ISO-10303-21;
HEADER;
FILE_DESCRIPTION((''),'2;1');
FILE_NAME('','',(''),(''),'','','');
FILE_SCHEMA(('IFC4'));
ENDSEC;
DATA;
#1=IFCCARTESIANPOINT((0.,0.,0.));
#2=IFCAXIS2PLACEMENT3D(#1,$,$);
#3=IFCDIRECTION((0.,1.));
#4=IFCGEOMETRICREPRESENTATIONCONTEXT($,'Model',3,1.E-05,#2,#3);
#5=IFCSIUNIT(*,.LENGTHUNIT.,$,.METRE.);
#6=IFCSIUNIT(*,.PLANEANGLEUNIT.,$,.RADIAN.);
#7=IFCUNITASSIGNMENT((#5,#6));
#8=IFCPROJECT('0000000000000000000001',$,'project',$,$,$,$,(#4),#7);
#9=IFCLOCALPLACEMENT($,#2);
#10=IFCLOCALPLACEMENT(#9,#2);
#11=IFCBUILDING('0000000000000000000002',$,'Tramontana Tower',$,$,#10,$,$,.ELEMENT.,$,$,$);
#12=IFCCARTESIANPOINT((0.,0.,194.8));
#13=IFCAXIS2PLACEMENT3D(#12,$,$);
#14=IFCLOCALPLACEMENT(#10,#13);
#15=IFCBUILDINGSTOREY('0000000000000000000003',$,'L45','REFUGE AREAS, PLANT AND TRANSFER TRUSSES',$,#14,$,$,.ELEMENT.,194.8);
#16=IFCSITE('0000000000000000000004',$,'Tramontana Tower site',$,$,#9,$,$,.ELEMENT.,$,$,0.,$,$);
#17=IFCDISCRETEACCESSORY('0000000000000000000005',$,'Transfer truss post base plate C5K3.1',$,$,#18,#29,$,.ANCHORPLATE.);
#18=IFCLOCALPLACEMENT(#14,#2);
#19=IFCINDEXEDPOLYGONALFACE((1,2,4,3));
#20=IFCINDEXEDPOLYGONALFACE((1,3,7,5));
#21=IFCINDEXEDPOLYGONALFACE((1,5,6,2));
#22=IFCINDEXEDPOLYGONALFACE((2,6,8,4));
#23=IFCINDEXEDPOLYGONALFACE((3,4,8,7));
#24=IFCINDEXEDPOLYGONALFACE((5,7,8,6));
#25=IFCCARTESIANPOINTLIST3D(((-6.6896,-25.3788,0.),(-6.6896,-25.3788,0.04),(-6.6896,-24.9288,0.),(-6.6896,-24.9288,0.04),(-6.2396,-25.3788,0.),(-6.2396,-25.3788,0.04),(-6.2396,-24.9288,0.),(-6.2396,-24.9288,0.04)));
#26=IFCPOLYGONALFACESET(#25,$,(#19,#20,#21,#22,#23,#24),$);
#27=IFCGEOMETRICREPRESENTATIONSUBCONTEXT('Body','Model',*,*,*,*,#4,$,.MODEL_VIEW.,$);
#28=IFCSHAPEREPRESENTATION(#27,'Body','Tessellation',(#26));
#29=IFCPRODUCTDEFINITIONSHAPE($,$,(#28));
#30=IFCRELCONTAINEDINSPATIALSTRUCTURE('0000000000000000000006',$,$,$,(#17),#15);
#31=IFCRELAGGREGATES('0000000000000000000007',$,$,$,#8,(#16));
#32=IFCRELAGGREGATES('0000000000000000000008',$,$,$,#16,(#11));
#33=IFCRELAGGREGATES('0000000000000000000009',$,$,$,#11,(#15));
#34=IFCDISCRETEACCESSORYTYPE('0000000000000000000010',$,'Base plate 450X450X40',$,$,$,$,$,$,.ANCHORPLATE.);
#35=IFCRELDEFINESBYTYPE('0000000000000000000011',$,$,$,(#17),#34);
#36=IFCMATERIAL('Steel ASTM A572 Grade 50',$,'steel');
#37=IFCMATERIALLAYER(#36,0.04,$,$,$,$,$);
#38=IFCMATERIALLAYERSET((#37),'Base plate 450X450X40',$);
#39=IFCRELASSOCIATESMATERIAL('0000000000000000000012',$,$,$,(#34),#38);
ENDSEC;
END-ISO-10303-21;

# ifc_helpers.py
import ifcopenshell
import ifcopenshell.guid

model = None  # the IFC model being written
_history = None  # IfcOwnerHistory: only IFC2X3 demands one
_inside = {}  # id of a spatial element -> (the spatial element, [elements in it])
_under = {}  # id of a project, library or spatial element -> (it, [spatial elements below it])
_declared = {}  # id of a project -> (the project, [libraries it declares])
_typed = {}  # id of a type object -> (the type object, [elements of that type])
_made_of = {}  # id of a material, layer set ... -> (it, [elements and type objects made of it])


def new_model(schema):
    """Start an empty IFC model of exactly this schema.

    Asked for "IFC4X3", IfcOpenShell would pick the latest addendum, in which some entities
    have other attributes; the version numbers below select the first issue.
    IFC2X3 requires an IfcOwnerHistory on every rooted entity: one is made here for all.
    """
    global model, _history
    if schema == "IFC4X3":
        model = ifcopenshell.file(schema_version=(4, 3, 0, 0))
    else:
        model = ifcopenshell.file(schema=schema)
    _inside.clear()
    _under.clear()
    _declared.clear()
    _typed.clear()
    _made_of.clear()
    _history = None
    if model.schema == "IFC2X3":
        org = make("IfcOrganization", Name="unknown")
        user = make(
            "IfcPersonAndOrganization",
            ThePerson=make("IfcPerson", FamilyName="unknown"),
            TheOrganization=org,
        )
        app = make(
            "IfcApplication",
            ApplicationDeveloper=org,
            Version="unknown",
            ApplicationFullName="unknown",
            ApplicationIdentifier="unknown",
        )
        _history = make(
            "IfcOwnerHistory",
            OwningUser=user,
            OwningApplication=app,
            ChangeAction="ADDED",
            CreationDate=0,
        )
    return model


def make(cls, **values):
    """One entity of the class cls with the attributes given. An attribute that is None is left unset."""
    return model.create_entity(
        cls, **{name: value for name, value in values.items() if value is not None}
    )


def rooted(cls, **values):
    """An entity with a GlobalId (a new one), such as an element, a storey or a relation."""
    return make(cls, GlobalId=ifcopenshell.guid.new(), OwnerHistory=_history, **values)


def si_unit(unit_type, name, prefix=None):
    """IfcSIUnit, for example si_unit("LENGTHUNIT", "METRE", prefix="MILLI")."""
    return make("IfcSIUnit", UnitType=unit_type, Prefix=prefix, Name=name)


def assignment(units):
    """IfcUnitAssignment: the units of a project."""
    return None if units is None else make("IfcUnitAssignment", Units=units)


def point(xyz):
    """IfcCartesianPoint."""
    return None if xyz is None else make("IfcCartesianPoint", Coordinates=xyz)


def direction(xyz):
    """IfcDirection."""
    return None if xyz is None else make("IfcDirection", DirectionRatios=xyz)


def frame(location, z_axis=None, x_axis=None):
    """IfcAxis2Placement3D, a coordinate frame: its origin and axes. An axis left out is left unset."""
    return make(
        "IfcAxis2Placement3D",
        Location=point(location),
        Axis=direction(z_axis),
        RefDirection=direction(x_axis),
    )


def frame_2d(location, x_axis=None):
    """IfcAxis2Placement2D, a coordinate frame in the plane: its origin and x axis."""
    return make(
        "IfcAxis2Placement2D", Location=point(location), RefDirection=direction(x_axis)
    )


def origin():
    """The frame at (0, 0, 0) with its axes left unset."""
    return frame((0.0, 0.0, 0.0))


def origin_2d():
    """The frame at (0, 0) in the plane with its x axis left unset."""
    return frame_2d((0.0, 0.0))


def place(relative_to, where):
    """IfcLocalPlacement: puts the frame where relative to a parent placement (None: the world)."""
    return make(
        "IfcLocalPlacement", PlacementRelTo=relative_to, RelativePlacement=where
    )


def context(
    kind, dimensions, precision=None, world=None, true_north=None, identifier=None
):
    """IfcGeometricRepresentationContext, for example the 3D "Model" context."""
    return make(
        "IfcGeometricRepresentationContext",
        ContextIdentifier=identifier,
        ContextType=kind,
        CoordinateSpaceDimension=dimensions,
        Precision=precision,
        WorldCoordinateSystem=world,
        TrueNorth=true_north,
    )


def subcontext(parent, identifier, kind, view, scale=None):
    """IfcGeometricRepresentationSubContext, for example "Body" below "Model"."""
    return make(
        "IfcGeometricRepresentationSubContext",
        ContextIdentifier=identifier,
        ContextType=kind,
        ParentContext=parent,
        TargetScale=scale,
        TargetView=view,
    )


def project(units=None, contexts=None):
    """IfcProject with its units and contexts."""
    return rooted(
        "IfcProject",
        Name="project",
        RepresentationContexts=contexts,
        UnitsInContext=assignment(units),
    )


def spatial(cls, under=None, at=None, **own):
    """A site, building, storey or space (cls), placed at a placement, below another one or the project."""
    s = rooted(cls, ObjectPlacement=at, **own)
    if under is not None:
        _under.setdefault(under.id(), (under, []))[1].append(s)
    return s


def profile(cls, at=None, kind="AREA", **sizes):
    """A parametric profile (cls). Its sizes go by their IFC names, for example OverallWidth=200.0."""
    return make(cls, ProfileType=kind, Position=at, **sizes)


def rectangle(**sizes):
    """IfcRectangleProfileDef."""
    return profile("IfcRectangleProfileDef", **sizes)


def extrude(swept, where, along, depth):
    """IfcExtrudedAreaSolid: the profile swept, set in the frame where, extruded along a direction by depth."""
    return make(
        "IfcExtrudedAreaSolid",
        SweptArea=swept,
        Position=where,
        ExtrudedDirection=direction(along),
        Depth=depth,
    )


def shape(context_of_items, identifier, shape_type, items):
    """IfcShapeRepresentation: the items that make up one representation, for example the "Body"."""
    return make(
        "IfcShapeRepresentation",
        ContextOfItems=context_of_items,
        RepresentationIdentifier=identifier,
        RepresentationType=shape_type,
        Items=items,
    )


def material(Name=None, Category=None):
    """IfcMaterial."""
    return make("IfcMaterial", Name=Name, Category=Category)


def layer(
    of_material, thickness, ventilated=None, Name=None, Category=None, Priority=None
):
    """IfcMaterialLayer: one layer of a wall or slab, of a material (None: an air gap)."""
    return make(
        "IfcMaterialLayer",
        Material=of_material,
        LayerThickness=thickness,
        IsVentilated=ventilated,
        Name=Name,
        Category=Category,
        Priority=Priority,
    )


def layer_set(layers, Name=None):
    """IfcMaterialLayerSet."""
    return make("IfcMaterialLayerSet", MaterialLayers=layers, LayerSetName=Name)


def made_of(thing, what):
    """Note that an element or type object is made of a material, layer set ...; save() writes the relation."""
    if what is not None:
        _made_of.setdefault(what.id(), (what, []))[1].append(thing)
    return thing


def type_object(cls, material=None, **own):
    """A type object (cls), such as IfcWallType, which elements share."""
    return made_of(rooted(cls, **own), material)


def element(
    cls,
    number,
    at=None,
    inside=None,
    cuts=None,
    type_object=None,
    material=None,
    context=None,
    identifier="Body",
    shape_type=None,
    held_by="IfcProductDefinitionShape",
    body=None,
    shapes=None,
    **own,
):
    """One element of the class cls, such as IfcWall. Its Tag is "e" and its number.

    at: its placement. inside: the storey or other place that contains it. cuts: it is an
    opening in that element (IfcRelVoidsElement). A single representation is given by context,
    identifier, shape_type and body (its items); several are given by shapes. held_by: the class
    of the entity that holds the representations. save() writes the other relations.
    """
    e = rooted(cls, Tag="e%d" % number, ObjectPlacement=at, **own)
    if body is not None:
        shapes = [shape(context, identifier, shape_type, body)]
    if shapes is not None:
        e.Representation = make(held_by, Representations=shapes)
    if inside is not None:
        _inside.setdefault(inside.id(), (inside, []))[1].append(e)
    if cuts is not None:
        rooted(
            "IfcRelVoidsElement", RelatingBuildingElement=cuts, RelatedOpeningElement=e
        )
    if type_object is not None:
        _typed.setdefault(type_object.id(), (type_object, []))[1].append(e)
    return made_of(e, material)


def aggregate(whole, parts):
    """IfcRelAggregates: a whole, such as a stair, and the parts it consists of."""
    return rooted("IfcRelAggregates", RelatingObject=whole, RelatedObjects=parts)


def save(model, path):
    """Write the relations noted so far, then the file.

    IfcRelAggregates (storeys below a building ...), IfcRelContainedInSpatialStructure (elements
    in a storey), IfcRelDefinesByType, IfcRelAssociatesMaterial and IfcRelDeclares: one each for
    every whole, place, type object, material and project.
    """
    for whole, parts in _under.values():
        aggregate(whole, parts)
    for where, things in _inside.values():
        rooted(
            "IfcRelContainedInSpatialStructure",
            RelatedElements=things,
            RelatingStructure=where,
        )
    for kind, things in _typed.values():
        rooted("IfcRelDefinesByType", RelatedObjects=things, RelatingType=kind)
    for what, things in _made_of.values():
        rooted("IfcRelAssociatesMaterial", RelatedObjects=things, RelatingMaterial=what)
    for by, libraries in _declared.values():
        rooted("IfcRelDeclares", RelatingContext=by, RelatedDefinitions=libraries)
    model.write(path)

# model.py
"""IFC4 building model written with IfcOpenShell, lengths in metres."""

from ifc_helpers import new_model, si_unit, direction, frame, origin, origin_2d, place, context, subcontext, project, spatial, rectangle, extrude, material, layer, layer_set, type_object, element, save


model = new_model("IFC4")

# Units and contexts
model_context = context("Model", 3, precision=1e-05, world=origin(), true_north=direction((0.0, 1.0)))
body_context = subcontext(model_context, "Body", "Model", "MODEL_VIEW")
ifc_project = project(units=[si_unit("LENGTHUNIT", "METRE"), si_unit("PLANEANGLEUNIT", "RADIAN")], contexts=[model_context])

# Site, building, storey
site_placement = place(None, origin())
site = spatial("IfcSite", under=ifc_project, at=site_placement, Name="Tramontana Tower site", CompositionType="ELEMENT", RefElevation=0.0)
building_placement = place(site_placement, origin())
building = spatial("IfcBuilding", under=site, at=building_placement, Name="Tramontana Tower", CompositionType="ELEMENT")
storey_placement = place(building_placement, frame((0.0, 0.0, 194.8)))
storey = spatial("IfcBuildingStorey", under=building, at=storey_placement, Name="L45", Description="REFUGE AREAS, PLANT AND TRANSFER TRUSSES", CompositionType="ELEMENT", Elevation=194.8)

# Discrete accessory
ifc_material_1 = material(Name="Steel ASTM A572 Grade 50", Category="steel")
ifc_layer = layer(ifc_material_1, 0.04)
ifc_layer_set = layer_set([ifc_layer], Name="Base plate 450X450X40")
discrete_accessory_type = type_object("IfcDiscreteAccessoryType", Name="Base plate 450X450X40", PredefinedType="ANCHORPLATE", material=ifc_layer_set)
discrete_accessory_placement = place(storey_placement, frame((-6.4646, -25.1538, 0.0), z_axis=(0.0, 0.0, 1.0), x_axis=(1.0, 0.0, 0.0)))
element("IfcDiscreteAccessory", 1, at=discrete_accessory_placement, inside=storey, type_object=discrete_accessory_type, Name="Transfer truss post base plate C5K3.1", PredefinedType="ANCHORPLATE", context=body_context, shape_type="SweptSolid", body=[
    extrude(rectangle(XDim=0.45, YDim=0.45, at=origin_2d()), origin(), (0.0, 0.0, 1.0), 0.04),
])

save(model, "model.ifc")
